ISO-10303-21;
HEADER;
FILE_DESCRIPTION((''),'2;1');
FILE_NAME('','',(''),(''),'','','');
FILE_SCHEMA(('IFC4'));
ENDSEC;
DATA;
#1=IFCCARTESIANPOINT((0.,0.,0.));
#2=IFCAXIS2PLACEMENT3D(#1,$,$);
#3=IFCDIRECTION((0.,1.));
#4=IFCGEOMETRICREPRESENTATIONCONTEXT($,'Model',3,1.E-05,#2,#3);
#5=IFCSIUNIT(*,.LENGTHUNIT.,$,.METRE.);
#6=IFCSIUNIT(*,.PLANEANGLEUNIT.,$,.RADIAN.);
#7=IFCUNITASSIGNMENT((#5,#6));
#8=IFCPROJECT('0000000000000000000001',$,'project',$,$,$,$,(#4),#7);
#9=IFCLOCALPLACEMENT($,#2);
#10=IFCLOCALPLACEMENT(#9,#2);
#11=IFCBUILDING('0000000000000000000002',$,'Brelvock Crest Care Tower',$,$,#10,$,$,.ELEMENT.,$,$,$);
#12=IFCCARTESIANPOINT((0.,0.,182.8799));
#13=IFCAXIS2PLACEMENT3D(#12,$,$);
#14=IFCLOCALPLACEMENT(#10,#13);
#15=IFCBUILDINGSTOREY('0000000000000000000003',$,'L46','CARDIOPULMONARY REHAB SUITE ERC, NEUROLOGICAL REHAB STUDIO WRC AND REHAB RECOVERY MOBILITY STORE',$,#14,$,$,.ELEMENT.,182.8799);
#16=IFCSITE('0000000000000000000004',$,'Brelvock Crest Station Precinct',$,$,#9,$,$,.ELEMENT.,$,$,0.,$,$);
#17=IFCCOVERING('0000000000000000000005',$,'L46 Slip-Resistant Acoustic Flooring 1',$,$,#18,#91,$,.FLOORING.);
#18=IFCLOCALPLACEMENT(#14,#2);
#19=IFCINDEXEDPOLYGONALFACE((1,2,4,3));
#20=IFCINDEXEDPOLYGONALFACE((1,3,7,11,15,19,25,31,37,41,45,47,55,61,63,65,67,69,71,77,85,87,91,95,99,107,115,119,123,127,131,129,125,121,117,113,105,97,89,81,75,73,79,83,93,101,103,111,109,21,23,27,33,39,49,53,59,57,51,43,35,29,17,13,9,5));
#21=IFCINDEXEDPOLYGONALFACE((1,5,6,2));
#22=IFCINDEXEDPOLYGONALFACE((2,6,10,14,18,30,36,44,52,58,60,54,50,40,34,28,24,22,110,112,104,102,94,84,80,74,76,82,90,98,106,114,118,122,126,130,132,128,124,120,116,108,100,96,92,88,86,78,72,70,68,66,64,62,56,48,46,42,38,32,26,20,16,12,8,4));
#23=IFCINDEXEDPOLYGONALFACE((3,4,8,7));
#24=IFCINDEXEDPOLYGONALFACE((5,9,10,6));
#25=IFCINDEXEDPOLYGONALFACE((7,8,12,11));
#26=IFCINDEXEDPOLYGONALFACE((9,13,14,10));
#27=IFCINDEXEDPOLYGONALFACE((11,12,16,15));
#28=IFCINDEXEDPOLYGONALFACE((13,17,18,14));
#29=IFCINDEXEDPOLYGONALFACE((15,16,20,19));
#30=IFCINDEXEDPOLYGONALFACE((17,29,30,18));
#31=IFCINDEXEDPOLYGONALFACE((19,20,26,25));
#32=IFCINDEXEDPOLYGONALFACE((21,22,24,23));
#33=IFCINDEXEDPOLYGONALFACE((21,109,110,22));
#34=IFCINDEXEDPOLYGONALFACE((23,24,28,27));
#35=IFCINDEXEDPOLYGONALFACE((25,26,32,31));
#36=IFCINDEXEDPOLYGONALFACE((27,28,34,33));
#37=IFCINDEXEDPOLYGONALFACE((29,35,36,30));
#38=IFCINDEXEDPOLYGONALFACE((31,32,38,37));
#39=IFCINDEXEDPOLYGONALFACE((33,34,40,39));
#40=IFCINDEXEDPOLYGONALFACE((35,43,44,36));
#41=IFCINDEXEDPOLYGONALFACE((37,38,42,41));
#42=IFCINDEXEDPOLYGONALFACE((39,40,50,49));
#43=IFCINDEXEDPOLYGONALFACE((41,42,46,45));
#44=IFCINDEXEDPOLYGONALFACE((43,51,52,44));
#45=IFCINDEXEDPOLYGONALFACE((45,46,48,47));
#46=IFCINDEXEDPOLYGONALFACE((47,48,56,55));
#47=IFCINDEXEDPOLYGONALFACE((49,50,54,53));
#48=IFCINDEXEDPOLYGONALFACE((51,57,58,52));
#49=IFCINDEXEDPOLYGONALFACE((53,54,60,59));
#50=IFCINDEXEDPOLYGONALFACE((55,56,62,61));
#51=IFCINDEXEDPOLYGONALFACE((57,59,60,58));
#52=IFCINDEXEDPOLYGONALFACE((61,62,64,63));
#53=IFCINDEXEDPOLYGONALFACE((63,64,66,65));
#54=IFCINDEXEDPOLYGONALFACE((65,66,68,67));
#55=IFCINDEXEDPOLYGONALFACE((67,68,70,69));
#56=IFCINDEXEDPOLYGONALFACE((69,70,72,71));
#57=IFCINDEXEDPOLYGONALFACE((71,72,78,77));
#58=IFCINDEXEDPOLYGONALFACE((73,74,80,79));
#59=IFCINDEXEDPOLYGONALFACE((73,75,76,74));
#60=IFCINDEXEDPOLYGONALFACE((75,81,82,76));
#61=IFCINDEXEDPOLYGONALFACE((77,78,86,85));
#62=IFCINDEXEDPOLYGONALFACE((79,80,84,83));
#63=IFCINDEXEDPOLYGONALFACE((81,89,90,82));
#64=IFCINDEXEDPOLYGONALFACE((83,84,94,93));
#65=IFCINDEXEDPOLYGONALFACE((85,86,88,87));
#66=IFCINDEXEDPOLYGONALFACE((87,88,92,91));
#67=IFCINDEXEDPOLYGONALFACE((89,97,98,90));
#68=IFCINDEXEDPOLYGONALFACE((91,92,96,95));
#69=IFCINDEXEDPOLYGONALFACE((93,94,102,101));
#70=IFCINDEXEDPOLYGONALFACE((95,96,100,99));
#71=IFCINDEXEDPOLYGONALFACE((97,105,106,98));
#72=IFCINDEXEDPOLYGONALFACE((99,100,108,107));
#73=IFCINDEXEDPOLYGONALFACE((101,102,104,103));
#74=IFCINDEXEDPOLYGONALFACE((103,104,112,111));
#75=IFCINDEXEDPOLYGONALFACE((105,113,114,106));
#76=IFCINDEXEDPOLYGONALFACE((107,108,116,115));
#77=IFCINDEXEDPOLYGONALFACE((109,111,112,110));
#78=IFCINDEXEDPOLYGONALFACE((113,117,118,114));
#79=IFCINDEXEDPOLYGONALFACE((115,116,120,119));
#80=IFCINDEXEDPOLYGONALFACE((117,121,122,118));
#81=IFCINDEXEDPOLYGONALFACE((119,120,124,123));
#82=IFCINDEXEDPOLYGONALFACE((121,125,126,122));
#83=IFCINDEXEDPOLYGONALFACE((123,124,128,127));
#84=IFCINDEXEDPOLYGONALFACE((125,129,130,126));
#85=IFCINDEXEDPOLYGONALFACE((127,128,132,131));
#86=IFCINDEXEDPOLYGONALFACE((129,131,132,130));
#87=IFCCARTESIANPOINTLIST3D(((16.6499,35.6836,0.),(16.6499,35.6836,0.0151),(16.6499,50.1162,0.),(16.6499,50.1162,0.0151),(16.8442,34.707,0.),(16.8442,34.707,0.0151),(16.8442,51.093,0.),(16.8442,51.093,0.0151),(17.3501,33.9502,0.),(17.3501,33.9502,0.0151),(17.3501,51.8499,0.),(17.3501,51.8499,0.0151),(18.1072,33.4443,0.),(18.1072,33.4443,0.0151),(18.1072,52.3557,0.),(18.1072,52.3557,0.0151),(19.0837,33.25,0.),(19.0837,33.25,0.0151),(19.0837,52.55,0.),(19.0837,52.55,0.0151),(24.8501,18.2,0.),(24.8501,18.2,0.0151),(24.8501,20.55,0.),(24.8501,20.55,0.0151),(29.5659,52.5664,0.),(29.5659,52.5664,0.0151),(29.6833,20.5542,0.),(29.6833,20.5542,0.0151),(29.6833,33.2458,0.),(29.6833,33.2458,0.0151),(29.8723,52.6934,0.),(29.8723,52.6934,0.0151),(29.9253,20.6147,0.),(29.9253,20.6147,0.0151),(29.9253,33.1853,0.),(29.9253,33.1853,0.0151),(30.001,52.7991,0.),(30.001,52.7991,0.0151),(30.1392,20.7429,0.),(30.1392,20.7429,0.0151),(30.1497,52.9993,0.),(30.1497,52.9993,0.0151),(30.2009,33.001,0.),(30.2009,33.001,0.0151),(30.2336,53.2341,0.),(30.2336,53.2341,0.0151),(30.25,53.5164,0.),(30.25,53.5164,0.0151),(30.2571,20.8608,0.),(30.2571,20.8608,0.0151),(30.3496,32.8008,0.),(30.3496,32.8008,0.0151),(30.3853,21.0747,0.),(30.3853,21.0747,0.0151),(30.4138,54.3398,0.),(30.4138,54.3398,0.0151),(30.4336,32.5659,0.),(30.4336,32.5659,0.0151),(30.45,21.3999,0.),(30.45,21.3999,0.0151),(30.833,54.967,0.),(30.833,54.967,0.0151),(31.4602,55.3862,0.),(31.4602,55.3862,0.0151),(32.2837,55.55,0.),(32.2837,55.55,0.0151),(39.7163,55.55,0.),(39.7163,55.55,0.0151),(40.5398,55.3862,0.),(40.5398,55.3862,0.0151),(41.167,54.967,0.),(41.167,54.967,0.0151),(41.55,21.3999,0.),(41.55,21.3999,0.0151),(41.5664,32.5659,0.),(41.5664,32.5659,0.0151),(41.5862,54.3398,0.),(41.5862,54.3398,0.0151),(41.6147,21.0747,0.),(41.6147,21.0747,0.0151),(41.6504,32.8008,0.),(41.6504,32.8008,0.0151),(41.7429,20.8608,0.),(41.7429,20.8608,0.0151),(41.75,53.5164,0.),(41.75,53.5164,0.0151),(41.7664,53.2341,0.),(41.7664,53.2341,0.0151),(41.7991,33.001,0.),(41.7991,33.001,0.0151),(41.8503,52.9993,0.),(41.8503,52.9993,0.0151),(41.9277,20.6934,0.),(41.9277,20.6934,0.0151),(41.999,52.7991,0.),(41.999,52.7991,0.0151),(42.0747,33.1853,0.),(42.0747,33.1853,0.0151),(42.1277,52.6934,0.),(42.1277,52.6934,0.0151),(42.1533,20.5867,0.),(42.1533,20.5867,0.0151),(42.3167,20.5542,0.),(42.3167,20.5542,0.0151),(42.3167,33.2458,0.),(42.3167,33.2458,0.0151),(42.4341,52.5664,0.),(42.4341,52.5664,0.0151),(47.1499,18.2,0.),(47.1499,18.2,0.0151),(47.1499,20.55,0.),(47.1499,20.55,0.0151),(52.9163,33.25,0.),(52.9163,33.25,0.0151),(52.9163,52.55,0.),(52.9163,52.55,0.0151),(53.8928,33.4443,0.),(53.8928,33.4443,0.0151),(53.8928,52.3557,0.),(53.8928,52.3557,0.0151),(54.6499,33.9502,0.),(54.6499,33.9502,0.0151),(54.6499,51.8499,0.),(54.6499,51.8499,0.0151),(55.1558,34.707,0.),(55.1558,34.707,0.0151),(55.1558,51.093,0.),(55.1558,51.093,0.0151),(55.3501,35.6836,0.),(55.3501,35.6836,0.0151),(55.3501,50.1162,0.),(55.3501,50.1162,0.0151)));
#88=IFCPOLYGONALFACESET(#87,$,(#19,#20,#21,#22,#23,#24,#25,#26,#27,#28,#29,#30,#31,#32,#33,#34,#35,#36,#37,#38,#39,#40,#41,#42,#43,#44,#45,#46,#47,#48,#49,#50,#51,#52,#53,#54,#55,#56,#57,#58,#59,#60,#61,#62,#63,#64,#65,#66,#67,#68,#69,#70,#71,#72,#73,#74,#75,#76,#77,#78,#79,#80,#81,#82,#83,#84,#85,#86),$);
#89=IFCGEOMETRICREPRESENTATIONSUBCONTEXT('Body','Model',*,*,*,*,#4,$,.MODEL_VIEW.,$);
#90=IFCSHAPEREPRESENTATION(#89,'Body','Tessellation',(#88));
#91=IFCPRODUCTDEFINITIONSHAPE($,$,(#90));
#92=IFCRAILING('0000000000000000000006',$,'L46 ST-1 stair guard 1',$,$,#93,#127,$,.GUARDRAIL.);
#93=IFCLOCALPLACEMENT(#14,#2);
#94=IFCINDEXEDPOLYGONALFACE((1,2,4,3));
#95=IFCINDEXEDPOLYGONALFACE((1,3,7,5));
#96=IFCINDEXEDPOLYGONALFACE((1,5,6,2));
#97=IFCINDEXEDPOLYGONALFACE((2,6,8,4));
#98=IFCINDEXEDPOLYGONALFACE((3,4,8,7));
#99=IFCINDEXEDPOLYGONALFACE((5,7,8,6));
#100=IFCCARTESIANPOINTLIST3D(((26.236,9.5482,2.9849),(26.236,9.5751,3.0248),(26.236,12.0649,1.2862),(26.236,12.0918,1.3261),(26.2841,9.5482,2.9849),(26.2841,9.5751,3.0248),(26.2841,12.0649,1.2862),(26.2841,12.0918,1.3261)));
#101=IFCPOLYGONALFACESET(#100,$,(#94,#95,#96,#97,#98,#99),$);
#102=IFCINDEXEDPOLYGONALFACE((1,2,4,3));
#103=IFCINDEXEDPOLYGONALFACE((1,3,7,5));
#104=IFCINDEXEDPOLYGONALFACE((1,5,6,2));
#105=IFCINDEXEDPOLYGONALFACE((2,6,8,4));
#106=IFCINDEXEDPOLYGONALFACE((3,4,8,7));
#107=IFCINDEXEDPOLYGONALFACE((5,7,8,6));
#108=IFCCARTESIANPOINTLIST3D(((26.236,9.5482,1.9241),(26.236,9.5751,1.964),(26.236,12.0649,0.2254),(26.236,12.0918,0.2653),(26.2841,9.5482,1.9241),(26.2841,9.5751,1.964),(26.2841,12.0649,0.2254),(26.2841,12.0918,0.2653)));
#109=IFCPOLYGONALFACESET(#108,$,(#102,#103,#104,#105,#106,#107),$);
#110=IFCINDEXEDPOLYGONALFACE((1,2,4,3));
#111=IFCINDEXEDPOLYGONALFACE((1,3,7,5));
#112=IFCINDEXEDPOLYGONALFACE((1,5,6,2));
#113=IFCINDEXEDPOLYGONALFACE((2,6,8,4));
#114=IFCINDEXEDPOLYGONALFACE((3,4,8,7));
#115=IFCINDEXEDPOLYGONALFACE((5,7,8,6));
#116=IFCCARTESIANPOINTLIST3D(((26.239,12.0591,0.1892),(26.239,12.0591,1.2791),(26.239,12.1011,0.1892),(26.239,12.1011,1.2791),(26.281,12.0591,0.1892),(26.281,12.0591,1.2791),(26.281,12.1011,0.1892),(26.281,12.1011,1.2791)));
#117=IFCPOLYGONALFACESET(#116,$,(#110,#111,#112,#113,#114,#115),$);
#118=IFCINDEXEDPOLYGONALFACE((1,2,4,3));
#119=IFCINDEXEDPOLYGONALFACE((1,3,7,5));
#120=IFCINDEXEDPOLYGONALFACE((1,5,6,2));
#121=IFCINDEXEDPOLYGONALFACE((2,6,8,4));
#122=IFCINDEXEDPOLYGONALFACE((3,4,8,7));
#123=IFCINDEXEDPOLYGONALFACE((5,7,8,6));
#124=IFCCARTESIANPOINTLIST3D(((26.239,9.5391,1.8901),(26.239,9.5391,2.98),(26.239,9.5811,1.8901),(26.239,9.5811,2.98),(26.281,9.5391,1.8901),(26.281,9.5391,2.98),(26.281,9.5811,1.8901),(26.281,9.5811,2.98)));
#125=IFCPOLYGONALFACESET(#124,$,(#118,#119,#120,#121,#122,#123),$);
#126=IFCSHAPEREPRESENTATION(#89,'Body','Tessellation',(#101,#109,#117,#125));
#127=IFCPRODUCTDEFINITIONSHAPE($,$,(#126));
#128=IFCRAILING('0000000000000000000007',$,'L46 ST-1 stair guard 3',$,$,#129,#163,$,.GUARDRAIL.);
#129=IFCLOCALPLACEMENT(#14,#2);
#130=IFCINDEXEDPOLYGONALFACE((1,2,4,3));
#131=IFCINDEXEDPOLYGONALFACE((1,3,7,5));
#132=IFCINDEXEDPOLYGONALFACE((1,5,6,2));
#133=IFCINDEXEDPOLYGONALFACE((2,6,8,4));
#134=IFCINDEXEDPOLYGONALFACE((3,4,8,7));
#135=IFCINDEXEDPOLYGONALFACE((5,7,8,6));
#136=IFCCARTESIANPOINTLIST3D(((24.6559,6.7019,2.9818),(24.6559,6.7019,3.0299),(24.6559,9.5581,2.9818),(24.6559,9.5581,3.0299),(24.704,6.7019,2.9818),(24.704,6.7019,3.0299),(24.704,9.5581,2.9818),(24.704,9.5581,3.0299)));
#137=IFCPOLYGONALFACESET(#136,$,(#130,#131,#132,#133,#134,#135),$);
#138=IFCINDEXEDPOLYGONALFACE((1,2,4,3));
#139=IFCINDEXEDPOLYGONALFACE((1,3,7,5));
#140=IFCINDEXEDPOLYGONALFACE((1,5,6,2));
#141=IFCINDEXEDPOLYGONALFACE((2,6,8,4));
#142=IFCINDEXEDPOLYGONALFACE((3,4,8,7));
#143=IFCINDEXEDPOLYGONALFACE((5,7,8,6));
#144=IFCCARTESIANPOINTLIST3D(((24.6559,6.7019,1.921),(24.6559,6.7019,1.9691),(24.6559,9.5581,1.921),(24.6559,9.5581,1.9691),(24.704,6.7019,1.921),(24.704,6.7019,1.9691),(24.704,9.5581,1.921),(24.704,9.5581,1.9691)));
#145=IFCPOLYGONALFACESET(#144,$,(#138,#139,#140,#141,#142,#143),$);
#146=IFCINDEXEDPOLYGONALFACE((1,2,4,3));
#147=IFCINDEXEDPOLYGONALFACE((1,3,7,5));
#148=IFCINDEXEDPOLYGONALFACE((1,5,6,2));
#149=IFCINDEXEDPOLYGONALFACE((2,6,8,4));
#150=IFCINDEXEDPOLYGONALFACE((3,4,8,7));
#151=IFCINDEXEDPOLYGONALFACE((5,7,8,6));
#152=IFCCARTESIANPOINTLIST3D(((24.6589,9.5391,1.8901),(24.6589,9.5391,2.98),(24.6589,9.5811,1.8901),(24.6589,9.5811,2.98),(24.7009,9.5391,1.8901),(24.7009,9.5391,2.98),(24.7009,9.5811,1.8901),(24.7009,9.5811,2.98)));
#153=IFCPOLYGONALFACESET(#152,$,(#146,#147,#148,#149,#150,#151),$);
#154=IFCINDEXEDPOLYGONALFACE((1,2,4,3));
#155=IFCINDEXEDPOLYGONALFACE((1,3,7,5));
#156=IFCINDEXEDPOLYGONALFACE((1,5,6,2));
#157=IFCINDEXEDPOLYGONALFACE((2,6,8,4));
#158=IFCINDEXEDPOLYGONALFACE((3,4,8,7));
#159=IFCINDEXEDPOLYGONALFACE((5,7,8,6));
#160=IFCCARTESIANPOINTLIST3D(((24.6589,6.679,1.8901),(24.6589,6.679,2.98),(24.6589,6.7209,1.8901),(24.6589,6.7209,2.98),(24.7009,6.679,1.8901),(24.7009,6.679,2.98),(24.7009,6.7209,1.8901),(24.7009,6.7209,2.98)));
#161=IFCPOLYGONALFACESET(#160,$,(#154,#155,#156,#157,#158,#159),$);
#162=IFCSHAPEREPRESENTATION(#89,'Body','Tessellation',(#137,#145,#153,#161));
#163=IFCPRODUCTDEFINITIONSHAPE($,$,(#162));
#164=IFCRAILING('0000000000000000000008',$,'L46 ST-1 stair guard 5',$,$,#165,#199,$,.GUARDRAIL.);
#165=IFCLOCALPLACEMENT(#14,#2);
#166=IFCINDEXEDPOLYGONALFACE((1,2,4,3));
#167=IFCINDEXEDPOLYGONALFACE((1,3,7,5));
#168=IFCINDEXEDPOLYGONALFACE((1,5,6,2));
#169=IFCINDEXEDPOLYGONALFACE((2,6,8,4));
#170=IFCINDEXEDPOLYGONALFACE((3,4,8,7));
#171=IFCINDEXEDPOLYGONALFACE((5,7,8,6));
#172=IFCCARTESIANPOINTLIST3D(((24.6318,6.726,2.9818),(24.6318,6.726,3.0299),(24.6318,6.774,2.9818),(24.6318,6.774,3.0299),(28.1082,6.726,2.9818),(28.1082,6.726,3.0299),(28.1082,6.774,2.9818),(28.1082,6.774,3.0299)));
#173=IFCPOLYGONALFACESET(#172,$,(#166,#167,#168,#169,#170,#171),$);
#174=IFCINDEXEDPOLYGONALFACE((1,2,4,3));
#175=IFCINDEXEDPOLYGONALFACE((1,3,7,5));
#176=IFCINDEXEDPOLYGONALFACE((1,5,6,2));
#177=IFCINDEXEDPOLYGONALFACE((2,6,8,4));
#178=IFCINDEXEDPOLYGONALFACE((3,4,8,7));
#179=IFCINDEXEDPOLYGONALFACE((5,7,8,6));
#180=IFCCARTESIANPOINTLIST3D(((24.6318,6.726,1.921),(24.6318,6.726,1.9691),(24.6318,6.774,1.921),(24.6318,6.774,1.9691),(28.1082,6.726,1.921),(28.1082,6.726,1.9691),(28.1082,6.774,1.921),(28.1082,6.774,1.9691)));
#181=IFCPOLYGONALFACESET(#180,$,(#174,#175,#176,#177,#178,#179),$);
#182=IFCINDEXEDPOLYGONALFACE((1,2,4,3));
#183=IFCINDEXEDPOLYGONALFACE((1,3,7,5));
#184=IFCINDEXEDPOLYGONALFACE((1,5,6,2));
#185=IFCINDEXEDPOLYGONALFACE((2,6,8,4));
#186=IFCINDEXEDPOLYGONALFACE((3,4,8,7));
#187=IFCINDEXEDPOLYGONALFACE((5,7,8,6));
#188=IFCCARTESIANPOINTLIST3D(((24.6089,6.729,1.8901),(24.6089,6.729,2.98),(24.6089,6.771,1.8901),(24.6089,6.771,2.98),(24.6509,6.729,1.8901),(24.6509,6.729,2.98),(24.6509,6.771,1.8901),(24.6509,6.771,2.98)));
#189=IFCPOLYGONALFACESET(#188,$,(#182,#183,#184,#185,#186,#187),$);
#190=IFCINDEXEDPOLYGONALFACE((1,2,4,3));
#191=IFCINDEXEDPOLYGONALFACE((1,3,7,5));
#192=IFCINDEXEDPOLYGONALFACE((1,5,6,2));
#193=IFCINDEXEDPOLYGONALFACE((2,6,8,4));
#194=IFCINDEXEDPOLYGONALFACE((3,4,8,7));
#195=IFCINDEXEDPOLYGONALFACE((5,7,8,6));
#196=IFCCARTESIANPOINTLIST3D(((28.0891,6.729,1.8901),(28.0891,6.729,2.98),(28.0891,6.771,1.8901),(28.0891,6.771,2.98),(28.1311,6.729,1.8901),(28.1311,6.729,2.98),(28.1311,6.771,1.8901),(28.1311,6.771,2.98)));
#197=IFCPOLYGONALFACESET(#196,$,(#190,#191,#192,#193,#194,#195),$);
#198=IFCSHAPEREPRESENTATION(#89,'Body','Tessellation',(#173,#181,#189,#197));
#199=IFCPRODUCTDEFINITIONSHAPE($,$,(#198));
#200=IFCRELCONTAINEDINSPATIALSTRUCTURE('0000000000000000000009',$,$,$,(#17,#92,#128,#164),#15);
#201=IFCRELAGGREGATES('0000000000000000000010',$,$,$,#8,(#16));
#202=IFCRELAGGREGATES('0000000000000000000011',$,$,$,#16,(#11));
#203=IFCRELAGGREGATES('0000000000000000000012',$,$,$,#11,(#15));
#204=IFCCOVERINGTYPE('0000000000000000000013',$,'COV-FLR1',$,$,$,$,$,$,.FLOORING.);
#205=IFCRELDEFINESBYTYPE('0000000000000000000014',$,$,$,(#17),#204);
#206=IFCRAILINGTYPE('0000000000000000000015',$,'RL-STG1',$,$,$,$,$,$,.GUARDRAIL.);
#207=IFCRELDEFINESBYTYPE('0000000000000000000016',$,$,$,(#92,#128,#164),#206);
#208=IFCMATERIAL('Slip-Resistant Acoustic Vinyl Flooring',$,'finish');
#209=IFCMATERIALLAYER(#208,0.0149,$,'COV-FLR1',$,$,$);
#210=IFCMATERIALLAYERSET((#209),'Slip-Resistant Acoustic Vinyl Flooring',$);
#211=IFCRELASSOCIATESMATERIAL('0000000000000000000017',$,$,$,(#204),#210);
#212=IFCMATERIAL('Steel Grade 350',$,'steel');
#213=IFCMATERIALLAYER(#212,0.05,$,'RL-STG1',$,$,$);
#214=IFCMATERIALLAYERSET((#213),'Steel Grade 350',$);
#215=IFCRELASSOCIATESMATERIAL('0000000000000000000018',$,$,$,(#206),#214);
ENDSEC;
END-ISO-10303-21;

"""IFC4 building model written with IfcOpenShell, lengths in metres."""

from ifc_helpers import new_model, si_unit, direction, frame, origin, origin_2d, place, context, subcontext, project, spatial, polyline, rectangle, outline, extrude, material, layer, layer_set, type_object, element, save


model = new_model("IFC4")

# Units and contexts
model_context = context("Model", 3, precision=1e-05, world=origin(), true_north=direction((0.0, 1.0)))
body_context = subcontext(model_context, "Body", "Model", "MODEL_VIEW")
ifc_project = project(units=[si_unit("LENGTHUNIT", "METRE"), si_unit("PLANEANGLEUNIT", "RADIAN")], contexts=[model_context])

# Site, building, storey
site_placement = place(None, origin())
site = spatial("IfcSite", under=ifc_project, at=site_placement, Name="Brelvock Crest Station Precinct", CompositionType="ELEMENT", RefElevation=0.0)
building_placement = place(site_placement, origin())
building = spatial("IfcBuilding", under=site, at=building_placement, Name="Brelvock Crest Care Tower", CompositionType="ELEMENT")
storey_placement = place(building_placement, frame((0.0, 0.0, 182.8799)))
storey = spatial("IfcBuildingStorey", under=building, at=storey_placement, Name="L46", Description="CARDIOPULMONARY REHAB SUITE ERC, NEUROLOGICAL REHAB STUDIO WRC AND REHAB RECOVERY MOBILITY STORE", CompositionType="ELEMENT", Elevation=182.8799)

# Shared definitions
ifc_material_1 = material(Name="Steel Grade 350", Category="steel")

# Covering
ifc_material_2 = material(Name="Slip-Resistant Acoustic Vinyl Flooring", Category="finish")
ifc_layer_1 = layer(ifc_material_2, 0.0149, Name="COV-FLR1")
ifc_layer_set_1 = layer_set([ifc_layer_1], Name="Slip-Resistant Acoustic Vinyl Flooring")
covering_type_1 = type_object("IfcCoveringType", Name="COV-FLR1", PredefinedType="FLOORING", material=ifc_layer_set_1)
covering_1_placement = place(storey_placement, origin())
element("IfcCovering", 1, at=covering_1_placement, inside=storey, type_object=covering_type_1, Name="L46 Slip-Resistant Acoustic Flooring 1", PredefinedType="FLOORING", context=body_context, shape_type="SweptSolid", body=[
    extrude(outline(polyline([(24.8501, 18.2), (47.1499, 18.2), (47.1499, 20.55), (42.3167, 20.5542), (42.1533, 20.5867), (41.9277, 20.6934), (41.7429, 20.8608), (41.6147, 21.0747), (41.55, 21.3999), (41.5664, 32.5659), (41.6504, 32.8008), (41.7991, 33.001), (42.0747, 33.1853), (42.3167, 33.2458), (52.9163, 33.25), (53.8928, 33.4443), (54.6499, 33.9502), (55.1558, 34.707), (55.3501, 35.6836), (55.3501, 50.1162), (55.1558, 51.093), (54.6499, 51.8499), (53.8928, 52.3557), (52.9163, 52.55), (42.4341, 52.5664), (42.1277, 52.6934), (41.999, 52.7991), (41.8503, 52.9993), (41.7664, 53.2341), (41.75, 53.5164), (41.5862, 54.3398), (41.167, 54.967), (40.5398, 55.3862), (39.7163, 55.55), (32.2837, 55.55), (31.4602, 55.3862), (30.833, 54.967), (30.4138, 54.3398), (30.25, 53.5164), (30.2336, 53.2341), (30.1497, 52.9993), (30.001, 52.7991), (29.8723, 52.6934), (29.5659, 52.5664), (19.0837, 52.55), (18.1072, 52.3557), (17.3501, 51.8499), (16.8442, 51.093), (16.6499, 50.1162), (16.6499, 35.6836), (16.8442, 34.707), (17.3501, 33.9502), (18.1072, 33.4443), (19.0837, 33.25), (29.6833, 33.2458), (29.9253, 33.1853), (30.2009, 33.001), (30.3496, 32.8008), (30.4336, 32.5659), (30.45, 21.3999), (30.3853, 21.0747), (30.2571, 20.8608), (30.1392, 20.7429), (29.9253, 20.6147), (29.6833, 20.5542), (24.8501, 20.55), (24.8501, 18.2)])), origin(), (0.0, 0.0, 1.0), 0.0151),
])

# Railings
ifc_layer_2 = layer(ifc_material_1, 0.05, Name="RL-STG1")
ifc_layer_set_2 = layer_set([ifc_layer_2], Name="Steel Grade 350")
railing_type_1 = type_object("IfcRailingType", Name="RL-STG1", PredefinedType="GUARDRAIL", material=ifc_layer_set_2)
railing_1_placement = place(storey_placement, frame((26.26, 12.0801, 0.1892)))
element("IfcRailing", 2, at=railing_1_placement, inside=storey, type_object=railing_type_1, Name="L46 ST-1 stair guard 1", PredefinedType="GUARDRAIL", context=body_context, shape_type="SweptSolid", body=[
    extrude(rectangle(XDim=0.0481, YDim=0.0481, at=origin_2d()), frame((0.0, -0.0017, 1.1169), z_axis=(0.0, -0.828862, 0.559454), x_axis=(1.0, 0.0, 0.0)), (0.0, 0.0, 1.0), 3.0364),
    extrude(rectangle(XDim=0.0481, YDim=0.0481, at=origin_2d()), frame((0.0, -0.0017, 0.0562), z_axis=(0.0, -0.828862, 0.559454), x_axis=(1.0, 0.0, 0.0)), (0.0, 0.0, 1.0), 3.0364),
    extrude(rectangle(XDim=0.042, YDim=0.042, at=origin_2d()), origin(), (0.0, 0.0, 1.0), 1.0898),
    extrude(rectangle(XDim=0.042, YDim=0.042, at=origin_2d()), frame((0.0, -2.52, 1.7009)), (0.0, 0.0, 1.0), 1.0898),
])
railing_2_placement = place(storey_placement, frame((24.6799, 9.5601, 1.8901)))
element("IfcRailing", 3, at=railing_2_placement, inside=storey, type_object=railing_type_1, Name="L46 ST-1 stair guard 3", PredefinedType="GUARDRAIL", context=body_context, shape_type="SweptSolid", body=[
    extrude(rectangle(XDim=0.0481, YDim=0.0481, at=origin_2d()), frame((0.0, -0.002, 1.1157), z_axis=(0.0, -1.0, 0.0), x_axis=(1.0, 0.0, 0.0)), (0.0, 0.0, 1.0), 2.8562),
    extrude(rectangle(XDim=0.0481, YDim=0.0481, at=origin_2d()), frame((0.0, -0.002, 0.0549), z_axis=(0.0, -1.0, 0.0), x_axis=(1.0, 0.0, 0.0)), (0.0, 0.0, 1.0), 2.8562),
    extrude(rectangle(XDim=0.042, YDim=0.042, at=origin_2d()), origin(), (0.0, 0.0, 1.0), 1.0898),
    extrude(rectangle(XDim=0.042, YDim=0.042, at=origin_2d()), frame((0.0, -2.8601, 0.0)), (0.0, 0.0, 1.0), 1.0898),
])
railing_3_placement = place(storey_placement, frame((24.6299, 6.75, 1.8901)))
element("IfcRailing", 4, at=railing_3_placement, inside=storey, type_object=railing_type_1, Name="L46 ST-1 stair guard 5", PredefinedType="GUARDRAIL", context=body_context, shape_type="SweptSolid", body=[
    extrude(rectangle(XDim=0.0481, YDim=0.0481, at=origin_2d()), frame((0.002, 0.0, 1.1157), z_axis=(1.0, 0.0, 0.0), x_axis=(0.0, 1.0, 0.0)), (0.0, 0.0, 1.0), 3.4763),
    extrude(rectangle(XDim=0.0481, YDim=0.0481, at=origin_2d()), frame((0.002, 0.0, 0.0549), z_axis=(1.0, 0.0, 0.0), x_axis=(0.0, 1.0, 0.0)), (0.0, 0.0, 1.0), 3.4763),
    extrude(rectangle(XDim=0.042, YDim=0.042, at=origin_2d()), origin(), (0.0, 0.0, 1.0), 1.0898),
    extrude(rectangle(XDim=0.042, YDim=0.042, at=origin_2d()), frame((3.4802, 0.0, 0.0)), (0.0, 0.0, 1.0), 1.0898),
])

save(model, "model.ifc")
